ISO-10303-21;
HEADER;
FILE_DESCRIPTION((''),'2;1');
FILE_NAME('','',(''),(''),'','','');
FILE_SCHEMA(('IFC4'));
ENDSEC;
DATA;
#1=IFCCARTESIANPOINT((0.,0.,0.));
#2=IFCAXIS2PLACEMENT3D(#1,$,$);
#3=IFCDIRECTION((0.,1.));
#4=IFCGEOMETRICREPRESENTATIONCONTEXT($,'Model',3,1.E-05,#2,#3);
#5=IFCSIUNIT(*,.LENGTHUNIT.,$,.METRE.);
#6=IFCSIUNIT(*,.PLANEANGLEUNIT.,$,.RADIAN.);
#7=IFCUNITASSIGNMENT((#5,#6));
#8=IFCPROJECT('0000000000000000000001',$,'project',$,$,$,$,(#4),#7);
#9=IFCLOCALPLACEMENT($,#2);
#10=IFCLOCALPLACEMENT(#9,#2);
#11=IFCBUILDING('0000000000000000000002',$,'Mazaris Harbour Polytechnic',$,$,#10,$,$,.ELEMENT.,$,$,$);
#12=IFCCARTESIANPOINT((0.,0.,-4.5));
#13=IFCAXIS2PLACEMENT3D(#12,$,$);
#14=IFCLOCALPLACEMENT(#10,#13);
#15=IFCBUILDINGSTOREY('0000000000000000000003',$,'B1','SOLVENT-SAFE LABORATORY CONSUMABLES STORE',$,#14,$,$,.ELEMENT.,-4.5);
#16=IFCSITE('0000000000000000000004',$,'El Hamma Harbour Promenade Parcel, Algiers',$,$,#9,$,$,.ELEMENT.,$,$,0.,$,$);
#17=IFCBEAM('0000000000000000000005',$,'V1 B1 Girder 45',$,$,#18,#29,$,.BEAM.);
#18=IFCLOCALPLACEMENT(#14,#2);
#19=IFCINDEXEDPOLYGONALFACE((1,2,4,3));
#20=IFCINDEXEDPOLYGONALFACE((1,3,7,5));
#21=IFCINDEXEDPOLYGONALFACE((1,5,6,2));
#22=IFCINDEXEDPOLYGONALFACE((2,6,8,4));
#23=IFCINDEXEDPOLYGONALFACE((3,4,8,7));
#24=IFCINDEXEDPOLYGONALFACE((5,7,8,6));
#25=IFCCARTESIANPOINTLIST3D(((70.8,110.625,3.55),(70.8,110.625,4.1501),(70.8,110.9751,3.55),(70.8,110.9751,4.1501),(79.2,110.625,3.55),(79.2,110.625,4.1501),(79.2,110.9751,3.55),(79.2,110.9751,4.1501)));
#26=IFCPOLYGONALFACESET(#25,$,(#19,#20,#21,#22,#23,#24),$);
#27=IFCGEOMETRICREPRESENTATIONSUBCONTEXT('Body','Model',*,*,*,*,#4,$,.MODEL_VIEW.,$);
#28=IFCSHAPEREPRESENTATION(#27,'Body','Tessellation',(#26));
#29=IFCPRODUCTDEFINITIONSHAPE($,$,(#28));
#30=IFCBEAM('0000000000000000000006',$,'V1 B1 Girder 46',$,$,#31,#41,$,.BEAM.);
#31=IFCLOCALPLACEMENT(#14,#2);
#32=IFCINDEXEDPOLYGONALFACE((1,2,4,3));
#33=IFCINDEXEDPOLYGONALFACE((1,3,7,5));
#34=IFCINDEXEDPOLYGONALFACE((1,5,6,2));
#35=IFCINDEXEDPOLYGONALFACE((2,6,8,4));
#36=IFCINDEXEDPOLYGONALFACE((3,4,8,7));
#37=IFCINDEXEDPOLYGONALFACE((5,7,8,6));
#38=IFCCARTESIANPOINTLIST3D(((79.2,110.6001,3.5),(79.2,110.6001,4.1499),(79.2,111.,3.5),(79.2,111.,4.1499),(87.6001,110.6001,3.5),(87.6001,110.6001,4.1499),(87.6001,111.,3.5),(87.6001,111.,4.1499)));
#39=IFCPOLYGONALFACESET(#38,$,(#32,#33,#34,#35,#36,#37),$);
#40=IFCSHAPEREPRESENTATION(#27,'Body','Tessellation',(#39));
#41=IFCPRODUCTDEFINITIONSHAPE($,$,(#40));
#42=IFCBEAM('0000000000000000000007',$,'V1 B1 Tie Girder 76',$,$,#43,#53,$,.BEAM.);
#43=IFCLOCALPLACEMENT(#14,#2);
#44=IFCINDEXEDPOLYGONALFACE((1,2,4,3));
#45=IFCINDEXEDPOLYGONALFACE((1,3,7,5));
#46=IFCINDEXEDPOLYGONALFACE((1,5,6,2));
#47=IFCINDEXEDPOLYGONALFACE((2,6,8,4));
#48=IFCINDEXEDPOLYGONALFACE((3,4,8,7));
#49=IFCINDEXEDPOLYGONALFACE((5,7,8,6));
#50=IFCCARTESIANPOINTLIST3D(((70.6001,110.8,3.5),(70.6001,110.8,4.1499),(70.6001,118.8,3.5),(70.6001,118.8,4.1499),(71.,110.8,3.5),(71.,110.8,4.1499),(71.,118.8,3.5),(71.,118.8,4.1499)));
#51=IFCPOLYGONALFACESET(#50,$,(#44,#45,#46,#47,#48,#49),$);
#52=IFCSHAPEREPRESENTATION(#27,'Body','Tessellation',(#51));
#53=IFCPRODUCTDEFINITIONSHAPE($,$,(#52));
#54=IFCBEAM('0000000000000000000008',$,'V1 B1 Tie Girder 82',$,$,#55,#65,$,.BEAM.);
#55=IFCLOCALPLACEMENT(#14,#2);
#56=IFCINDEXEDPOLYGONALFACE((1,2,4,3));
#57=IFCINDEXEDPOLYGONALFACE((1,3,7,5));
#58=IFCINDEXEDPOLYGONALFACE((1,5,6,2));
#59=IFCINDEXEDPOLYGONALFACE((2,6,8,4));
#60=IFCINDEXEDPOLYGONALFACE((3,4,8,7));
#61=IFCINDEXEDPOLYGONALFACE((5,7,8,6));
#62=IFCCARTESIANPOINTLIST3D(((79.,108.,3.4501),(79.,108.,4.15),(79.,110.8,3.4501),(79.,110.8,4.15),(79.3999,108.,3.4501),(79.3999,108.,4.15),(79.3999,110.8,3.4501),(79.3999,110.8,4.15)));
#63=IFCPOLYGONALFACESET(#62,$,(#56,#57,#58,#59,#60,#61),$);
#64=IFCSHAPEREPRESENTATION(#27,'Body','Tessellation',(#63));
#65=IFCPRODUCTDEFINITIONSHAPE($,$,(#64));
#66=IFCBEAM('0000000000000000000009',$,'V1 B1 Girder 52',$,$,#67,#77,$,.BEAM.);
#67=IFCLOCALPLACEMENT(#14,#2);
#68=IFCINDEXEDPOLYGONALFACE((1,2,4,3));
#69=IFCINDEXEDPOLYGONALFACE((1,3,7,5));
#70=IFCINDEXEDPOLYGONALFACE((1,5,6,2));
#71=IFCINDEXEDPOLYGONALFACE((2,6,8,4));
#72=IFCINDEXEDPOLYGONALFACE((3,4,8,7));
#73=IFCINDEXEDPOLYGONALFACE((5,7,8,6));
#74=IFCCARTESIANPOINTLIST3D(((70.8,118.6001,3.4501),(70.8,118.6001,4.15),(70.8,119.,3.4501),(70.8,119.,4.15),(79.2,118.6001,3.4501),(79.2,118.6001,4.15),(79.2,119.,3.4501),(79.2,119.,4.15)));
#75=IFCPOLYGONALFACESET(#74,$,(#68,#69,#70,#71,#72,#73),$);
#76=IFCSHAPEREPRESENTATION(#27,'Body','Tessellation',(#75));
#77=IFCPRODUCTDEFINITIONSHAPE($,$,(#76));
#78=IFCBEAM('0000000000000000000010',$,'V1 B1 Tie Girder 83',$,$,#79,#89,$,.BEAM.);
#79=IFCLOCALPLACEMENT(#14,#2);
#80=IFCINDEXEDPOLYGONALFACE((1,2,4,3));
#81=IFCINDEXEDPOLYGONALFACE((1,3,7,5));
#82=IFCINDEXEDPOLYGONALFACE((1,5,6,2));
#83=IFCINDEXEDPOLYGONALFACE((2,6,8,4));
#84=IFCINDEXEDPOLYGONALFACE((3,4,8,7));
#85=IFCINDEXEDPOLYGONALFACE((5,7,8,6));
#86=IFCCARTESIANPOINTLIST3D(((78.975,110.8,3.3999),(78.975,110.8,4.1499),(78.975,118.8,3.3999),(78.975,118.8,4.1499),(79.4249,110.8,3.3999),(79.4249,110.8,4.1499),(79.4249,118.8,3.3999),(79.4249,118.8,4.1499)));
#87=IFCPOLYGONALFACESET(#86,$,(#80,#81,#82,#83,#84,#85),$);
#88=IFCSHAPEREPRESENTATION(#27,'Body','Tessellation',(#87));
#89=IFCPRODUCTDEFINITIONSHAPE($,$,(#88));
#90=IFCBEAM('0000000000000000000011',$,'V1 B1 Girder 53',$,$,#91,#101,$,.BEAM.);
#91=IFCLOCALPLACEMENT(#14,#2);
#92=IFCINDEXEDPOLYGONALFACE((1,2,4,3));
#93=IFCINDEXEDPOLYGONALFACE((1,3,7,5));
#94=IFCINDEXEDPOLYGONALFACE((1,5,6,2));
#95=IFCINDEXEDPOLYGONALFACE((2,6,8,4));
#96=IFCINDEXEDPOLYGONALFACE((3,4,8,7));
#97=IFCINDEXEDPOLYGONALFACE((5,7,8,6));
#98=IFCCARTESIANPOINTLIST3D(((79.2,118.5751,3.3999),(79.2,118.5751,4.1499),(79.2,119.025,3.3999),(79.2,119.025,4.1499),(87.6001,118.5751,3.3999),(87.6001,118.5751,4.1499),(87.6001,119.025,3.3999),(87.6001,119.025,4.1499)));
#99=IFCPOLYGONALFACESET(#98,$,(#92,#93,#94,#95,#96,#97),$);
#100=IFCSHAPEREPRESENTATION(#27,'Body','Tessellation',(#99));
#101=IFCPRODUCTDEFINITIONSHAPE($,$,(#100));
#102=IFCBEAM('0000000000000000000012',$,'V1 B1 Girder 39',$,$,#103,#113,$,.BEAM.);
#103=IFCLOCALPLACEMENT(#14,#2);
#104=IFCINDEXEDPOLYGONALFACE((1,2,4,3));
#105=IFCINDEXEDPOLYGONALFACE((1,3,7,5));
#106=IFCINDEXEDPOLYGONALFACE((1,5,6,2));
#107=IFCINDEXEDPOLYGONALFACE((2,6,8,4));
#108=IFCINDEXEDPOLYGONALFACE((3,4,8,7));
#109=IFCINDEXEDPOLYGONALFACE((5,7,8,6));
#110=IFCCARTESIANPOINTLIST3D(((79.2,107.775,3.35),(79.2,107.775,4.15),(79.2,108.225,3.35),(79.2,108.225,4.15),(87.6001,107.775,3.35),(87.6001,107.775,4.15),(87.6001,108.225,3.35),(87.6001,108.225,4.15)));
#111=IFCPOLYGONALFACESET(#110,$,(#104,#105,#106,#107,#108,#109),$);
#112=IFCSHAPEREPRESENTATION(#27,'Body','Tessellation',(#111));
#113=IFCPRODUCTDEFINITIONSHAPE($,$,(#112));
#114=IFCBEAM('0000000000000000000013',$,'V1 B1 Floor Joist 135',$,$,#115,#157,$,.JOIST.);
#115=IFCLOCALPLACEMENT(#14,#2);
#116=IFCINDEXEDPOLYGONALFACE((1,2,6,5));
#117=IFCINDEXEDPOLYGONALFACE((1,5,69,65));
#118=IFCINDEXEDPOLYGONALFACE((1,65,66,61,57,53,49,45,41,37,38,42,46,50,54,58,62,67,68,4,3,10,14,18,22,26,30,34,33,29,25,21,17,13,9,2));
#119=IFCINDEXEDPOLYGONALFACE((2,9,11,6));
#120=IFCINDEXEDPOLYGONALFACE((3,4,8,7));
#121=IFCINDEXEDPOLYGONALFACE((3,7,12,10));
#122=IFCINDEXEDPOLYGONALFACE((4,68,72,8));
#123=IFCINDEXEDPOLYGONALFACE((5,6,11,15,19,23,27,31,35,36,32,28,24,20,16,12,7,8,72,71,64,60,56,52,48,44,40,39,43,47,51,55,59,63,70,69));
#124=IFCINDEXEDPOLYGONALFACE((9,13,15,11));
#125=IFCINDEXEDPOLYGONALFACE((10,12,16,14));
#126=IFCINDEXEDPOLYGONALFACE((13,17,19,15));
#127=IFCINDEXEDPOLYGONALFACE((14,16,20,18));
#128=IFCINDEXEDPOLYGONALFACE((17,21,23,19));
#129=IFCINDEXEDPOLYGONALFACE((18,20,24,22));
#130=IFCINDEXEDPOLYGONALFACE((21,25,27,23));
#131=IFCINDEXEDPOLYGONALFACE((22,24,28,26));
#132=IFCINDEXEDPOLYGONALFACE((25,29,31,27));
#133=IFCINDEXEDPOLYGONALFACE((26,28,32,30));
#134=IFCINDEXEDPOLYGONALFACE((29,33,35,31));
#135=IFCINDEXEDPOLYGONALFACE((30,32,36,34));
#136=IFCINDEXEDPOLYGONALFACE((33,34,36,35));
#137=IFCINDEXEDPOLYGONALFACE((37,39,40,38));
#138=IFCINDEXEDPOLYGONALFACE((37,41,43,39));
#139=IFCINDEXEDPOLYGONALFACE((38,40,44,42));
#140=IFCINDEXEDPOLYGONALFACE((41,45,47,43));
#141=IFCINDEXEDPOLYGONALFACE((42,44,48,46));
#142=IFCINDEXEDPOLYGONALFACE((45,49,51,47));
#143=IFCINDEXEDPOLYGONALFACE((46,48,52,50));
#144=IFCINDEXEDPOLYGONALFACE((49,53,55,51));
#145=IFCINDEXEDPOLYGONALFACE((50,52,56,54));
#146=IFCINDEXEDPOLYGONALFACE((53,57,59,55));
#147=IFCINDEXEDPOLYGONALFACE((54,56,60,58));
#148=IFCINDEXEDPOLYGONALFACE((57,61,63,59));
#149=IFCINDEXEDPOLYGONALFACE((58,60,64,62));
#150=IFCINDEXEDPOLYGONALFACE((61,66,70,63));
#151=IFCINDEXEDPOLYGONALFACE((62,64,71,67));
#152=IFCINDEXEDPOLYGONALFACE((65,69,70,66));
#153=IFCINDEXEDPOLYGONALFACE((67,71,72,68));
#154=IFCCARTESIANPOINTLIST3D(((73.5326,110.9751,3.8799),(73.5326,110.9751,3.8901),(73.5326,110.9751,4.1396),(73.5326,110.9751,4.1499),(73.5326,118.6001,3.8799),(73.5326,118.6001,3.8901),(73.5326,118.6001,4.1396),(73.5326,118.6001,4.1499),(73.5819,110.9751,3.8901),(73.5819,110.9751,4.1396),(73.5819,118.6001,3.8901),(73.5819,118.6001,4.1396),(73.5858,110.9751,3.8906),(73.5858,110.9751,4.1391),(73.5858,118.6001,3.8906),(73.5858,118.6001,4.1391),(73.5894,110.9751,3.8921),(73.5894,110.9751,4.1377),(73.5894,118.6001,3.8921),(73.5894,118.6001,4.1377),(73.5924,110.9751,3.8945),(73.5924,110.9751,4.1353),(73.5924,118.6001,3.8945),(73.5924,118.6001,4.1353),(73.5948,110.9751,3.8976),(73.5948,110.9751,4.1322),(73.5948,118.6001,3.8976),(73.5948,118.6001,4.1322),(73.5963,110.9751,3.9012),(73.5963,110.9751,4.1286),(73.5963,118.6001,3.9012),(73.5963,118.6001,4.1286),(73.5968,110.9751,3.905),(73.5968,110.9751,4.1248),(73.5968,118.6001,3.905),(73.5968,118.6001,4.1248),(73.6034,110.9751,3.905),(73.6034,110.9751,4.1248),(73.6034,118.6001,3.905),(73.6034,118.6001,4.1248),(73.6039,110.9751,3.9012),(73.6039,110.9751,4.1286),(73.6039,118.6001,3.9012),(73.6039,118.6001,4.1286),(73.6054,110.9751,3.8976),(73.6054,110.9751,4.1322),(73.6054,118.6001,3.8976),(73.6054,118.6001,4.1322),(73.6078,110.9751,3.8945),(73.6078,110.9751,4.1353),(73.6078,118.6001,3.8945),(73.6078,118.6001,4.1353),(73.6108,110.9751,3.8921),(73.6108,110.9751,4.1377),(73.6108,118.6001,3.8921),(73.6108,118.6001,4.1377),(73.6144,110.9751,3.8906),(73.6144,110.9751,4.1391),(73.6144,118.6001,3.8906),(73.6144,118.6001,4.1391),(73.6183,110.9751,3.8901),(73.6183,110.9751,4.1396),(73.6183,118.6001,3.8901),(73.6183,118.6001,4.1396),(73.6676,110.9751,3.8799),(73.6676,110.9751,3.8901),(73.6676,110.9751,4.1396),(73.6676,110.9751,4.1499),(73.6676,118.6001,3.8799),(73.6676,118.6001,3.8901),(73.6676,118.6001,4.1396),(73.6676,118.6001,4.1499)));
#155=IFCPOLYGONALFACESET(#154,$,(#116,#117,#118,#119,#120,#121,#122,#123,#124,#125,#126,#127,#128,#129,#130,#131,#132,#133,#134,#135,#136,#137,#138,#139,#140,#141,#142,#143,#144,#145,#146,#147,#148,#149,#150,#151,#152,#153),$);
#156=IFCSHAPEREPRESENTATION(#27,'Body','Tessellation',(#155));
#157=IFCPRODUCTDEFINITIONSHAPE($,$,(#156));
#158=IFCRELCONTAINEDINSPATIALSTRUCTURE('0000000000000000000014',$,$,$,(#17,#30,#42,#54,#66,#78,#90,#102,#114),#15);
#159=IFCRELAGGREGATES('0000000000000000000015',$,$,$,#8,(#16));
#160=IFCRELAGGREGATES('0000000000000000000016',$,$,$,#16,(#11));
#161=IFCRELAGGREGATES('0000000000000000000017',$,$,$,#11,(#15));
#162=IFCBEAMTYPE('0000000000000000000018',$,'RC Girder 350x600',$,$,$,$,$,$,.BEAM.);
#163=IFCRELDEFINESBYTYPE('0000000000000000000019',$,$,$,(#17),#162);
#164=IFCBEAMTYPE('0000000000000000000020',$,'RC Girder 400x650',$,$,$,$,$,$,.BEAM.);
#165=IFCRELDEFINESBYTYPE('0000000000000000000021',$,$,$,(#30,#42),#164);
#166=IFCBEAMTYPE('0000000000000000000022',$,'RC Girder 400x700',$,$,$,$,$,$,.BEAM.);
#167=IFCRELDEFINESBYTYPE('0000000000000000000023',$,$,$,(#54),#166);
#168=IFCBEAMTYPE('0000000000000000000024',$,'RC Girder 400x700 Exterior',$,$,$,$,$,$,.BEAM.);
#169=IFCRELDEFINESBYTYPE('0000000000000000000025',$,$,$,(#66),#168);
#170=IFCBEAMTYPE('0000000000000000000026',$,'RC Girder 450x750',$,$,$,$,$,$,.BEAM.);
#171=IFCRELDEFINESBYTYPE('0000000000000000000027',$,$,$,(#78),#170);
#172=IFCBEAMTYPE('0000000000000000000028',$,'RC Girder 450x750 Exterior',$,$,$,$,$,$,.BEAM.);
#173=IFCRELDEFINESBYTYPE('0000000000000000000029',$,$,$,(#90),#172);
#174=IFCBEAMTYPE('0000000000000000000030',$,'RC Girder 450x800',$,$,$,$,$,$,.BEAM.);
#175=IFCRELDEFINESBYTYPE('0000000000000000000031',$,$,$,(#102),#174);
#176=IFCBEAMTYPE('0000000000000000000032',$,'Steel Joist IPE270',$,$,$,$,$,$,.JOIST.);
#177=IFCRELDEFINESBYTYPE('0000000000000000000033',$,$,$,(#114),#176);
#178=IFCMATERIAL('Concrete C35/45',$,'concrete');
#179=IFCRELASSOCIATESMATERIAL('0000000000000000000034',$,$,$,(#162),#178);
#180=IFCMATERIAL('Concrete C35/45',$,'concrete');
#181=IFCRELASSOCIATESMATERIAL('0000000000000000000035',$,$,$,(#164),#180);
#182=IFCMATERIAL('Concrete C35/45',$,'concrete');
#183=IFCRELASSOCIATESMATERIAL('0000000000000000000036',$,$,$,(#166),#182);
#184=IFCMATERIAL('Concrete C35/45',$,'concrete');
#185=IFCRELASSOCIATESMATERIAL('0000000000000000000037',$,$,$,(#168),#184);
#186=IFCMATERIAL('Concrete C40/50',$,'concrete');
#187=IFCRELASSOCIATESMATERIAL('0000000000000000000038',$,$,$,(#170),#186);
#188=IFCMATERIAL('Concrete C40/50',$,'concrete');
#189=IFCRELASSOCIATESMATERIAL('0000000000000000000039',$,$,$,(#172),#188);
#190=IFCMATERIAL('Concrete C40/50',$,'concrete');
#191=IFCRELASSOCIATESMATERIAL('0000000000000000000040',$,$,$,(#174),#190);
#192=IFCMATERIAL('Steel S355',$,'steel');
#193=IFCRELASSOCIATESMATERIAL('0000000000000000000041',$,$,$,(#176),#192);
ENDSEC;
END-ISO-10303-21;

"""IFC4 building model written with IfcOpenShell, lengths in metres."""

from ifc_helpers import new_model, si_unit, direction, frame, origin, origin_2d, place, context, subcontext, project, spatial, rectangle, i_section, extrude, material, material_profile, profile_set, type_object, element, save


model = new_model("IFC4")

# Units and contexts
model_context = context("Model", 3, precision=1e-05, world=origin(), true_north=direction((0.0, 1.0)))
body_context = subcontext(model_context, "Body", "Model", "MODEL_VIEW")
ifc_project = project(units=[si_unit("LENGTHUNIT", "METRE"), si_unit("PLANEANGLEUNIT", "RADIAN")], contexts=[model_context])

# Site, building, storey
site_placement = place(None, origin())
site = spatial("IfcSite", under=ifc_project, at=site_placement, Name="El Hamma Harbour Promenade Parcel, Algiers", CompositionType="ELEMENT", RefElevation=0.0)
building_placement = place(site_placement, origin())
building = spatial("IfcBuilding", under=site, at=building_placement, Name="Mazaris Harbour Polytechnic", CompositionType="ELEMENT")
storey_placement = place(building_placement, frame((0.0, 0.0, -4.5)))
storey = spatial("IfcBuildingStorey", under=building, at=storey_placement, Name="B1", Description="SOLVENT-SAFE LABORATORY CONSUMABLES STORE", CompositionType="ELEMENT", Elevation=-4.5)

# Beams
ifc_material_1 = material(Name="Concrete C35/45", Category="concrete")
ifc_material_profile_1 = material_profile(ifc_material_1, rectangle(XDim=0.3501, YDim=0.6001, at=origin_2d()), Name="RECT350x600")
ifc_profile_set_1 = profile_set([ifc_material_profile_1], Name="Concrete C35/45")
beam_type_1 = type_object("IfcBeamType", Name="RC Girder 350x600", PredefinedType="BEAM", material=ifc_profile_set_1)
beam_1_placement = place(storey_placement, frame((70.8, 110.8, 3.8501), z_axis=(1.0, 0.0, 0.0), x_axis=(0.0, 1.0, 0.0)))
element("IfcBeam", 1, at=beam_1_placement, inside=storey, type_object=beam_type_1, Name="V1 B1 Girder 45", PredefinedType="BEAM", context=body_context, shape_type="SweptSolid", body=[
    extrude(rectangle(XDim=0.3501, YDim=0.6001, at=origin_2d()), origin(), (0.0, 0.0, 1.0), 8.3999),
])
ifc_material_2 = material(Name="Concrete C35/45", Category="concrete")
ifc_material_profile_2 = material_profile(ifc_material_2, rectangle(XDim=0.3999, YDim=0.6499, at=origin_2d()), Name="RECT400x650")
ifc_profile_set_2 = profile_set([ifc_material_profile_2], Name="Concrete C35/45")
beam_type_2 = type_object("IfcBeamType", Name="RC Girder 400x650", PredefinedType="BEAM", material=ifc_profile_set_2)
beam_2_placement = place(storey_placement, frame((79.2, 110.8, 3.825), z_axis=(1.0, 0.0, 0.0), x_axis=(0.0, 1.0, 0.0)))
element("IfcBeam", 2, at=beam_2_placement, inside=storey, type_object=beam_type_2, Name="V1 B1 Girder 46", PredefinedType="BEAM", context=body_context, shape_type="SweptSolid", body=[
    extrude(rectangle(XDim=0.3999, YDim=0.6499, at=origin_2d()), origin(), (0.0, 0.0, 1.0), 8.4001),
])
beam_3_placement = place(storey_placement, frame((70.8, 110.8, 3.825), z_axis=(0.0, 1.0, 0.0), x_axis=(-1.0, 0.0, 0.0)))
element("IfcBeam", 3, at=beam_3_placement, inside=storey, type_object=beam_type_2, Name="V1 B1 Tie Girder 76", PredefinedType="BEAM", context=body_context, shape_type="SweptSolid", body=[
    extrude(rectangle(XDim=0.3999, YDim=0.6499, at=origin_2d()), origin(), (0.0, 0.0, 1.0), 8.0),
])
ifc_material_3 = material(Name="Concrete C35/45", Category="concrete")
ifc_material_profile_3 = material_profile(ifc_material_3, rectangle(XDim=0.3999, YDim=0.7, at=origin_2d()), Name="RECT400x700")
ifc_profile_set_3 = profile_set([ifc_material_profile_3], Name="Concrete C35/45")
beam_type_3 = type_object("IfcBeamType", Name="RC Girder 400x700", PredefinedType="BEAM", material=ifc_profile_set_3)
beam_4_placement = place(storey_placement, frame((79.2, 108.0, 3.8), z_axis=(0.0, 1.0, 0.0), x_axis=(-1.0, 0.0, 0.0)))
element("IfcBeam", 4, at=beam_4_placement, inside=storey, type_object=beam_type_3, Name="V1 B1 Tie Girder 82", PredefinedType="BEAM", context=body_context, shape_type="SweptSolid", body=[
    extrude(rectangle(XDim=0.3999, YDim=0.7, at=origin_2d()), origin(), (0.0, 0.0, 1.0), 2.8),
])
ifc_material_4 = material(Name="Concrete C35/45", Category="concrete")
ifc_material_profile_4 = material_profile(ifc_material_4, rectangle(XDim=0.3999, YDim=0.7, at=origin_2d()), Name="RECT400x700")
ifc_profile_set_4 = profile_set([ifc_material_profile_4], Name="Concrete C35/45")
beam_type_4 = type_object("IfcBeamType", Name="RC Girder 400x700 Exterior", PredefinedType="BEAM", material=ifc_profile_set_4)
beam_5_placement = place(storey_placement, frame((70.8, 118.8, 3.8), z_axis=(1.0, 0.0, 0.0), x_axis=(0.0, 1.0, 0.0)))
element("IfcBeam", 5, at=beam_5_placement, inside=storey, type_object=beam_type_4, Name="V1 B1 Girder 52", PredefinedType="BEAM", context=body_context, shape_type="SweptSolid", body=[
    extrude(rectangle(XDim=0.3999, YDim=0.7, at=origin_2d()), origin(), (0.0, 0.0, 1.0), 8.3999),
])
ifc_material_5 = material(Name="Concrete C40/50", Category="concrete")
ifc_material_profile_5 = material_profile(ifc_material_5, rectangle(XDim=0.45, YDim=0.75, at=origin_2d()), Name="RECT450x750")
ifc_profile_set_5 = profile_set([ifc_material_profile_5], Name="Concrete C40/50")
beam_type_5 = type_object("IfcBeamType", Name="RC Girder 450x750", PredefinedType="BEAM", material=ifc_profile_set_5)
beam_6_placement = place(storey_placement, frame((79.2, 110.8, 3.7749), z_axis=(0.0, 1.0, 0.0), x_axis=(-1.0, 0.0, 0.0)))
element("IfcBeam", 6, at=beam_6_placement, inside=storey, type_object=beam_type_5, Name="V1 B1 Tie Girder 83", PredefinedType="BEAM", context=body_context, shape_type="SweptSolid", body=[
    extrude(rectangle(XDim=0.45, YDim=0.75, at=origin_2d()), origin(), (0.0, 0.0, 1.0), 8.0),
])
ifc_material_6 = material(Name="Concrete C40/50", Category="concrete")
ifc_material_profile_6 = material_profile(ifc_material_6, rectangle(XDim=0.45, YDim=0.75, at=origin_2d()), Name="RECT450x750")
ifc_profile_set_6 = profile_set([ifc_material_profile_6], Name="Concrete C40/50")
beam_type_6 = type_object("IfcBeamType", Name="RC Girder 450x750 Exterior", PredefinedType="BEAM", material=ifc_profile_set_6)
beam_7_placement = place(storey_placement, frame((79.2, 118.8, 3.7749), z_axis=(1.0, 0.0, 0.0), x_axis=(0.0, 1.0, 0.0)))
element("IfcBeam", 7, at=beam_7_placement, inside=storey, type_object=beam_type_6, Name="V1 B1 Girder 53", PredefinedType="BEAM", context=body_context, shape_type="SweptSolid", body=[
    extrude(rectangle(XDim=0.45, YDim=0.75, at=origin_2d()), origin(), (0.0, 0.0, 1.0), 8.4001),
])
ifc_material_7 = material(Name="Concrete C40/50", Category="concrete")
ifc_material_profile_7 = material_profile(ifc_material_7, rectangle(XDim=0.45, YDim=0.8, at=origin_2d()), Name="RECT450x800")
ifc_profile_set_7 = profile_set([ifc_material_profile_7], Name="Concrete C40/50")
beam_type_7 = type_object("IfcBeamType", Name="RC Girder 450x800", PredefinedType="BEAM", material=ifc_profile_set_7)
beam_8_placement = place(storey_placement, frame((79.2, 108.0, 3.75), z_axis=(1.0, 0.0, 0.0), x_axis=(0.0, 1.0, 0.0)))
element("IfcBeam", 8, at=beam_8_placement, inside=storey, type_object=beam_type_7, Name="V1 B1 Girder 39", PredefinedType="BEAM", context=body_context, shape_type="SweptSolid", body=[
    extrude(rectangle(XDim=0.45, YDim=0.8, at=origin_2d()), origin(), (0.0, 0.0, 1.0), 8.4001),
])
ifc_material_8 = material(Name="Steel S355", Category="steel")
ifc_material_profile_8 = material_profile(ifc_material_8, i_section(OverallWidth=0.135, OverallDepth=0.27, WebThickness=0.0066, FlangeThickness=0.0103, FilletRadius=0.0149, at=origin_2d()), Name="IPE 270")
ifc_profile_set_8 = profile_set([ifc_material_profile_8], Name="Steel S355")
beam_type_8 = type_object("IfcBeamType", Name="Steel Joist IPE270", PredefinedType="JOIST", material=ifc_profile_set_8)
beam_9_placement = place(storey_placement, frame((73.6001, 110.9751, 4.0149), z_axis=(0.0, 1.0, 0.0), x_axis=(-1.0, 0.0, 0.0)))
element("IfcBeam", 9, at=beam_9_placement, inside=storey, type_object=beam_type_8, Name="V1 B1 Floor Joist 135", PredefinedType="JOIST", context=body_context, shape_type="SweptSolid", body=[
    extrude(i_section(OverallWidth=0.135, OverallDepth=0.27, WebThickness=0.0066, FlangeThickness=0.0103, FilletRadius=0.0149, at=origin_2d()), origin(), (0.0, 0.0, 1.0), 7.625),
])

save(model, "model.ifc")
